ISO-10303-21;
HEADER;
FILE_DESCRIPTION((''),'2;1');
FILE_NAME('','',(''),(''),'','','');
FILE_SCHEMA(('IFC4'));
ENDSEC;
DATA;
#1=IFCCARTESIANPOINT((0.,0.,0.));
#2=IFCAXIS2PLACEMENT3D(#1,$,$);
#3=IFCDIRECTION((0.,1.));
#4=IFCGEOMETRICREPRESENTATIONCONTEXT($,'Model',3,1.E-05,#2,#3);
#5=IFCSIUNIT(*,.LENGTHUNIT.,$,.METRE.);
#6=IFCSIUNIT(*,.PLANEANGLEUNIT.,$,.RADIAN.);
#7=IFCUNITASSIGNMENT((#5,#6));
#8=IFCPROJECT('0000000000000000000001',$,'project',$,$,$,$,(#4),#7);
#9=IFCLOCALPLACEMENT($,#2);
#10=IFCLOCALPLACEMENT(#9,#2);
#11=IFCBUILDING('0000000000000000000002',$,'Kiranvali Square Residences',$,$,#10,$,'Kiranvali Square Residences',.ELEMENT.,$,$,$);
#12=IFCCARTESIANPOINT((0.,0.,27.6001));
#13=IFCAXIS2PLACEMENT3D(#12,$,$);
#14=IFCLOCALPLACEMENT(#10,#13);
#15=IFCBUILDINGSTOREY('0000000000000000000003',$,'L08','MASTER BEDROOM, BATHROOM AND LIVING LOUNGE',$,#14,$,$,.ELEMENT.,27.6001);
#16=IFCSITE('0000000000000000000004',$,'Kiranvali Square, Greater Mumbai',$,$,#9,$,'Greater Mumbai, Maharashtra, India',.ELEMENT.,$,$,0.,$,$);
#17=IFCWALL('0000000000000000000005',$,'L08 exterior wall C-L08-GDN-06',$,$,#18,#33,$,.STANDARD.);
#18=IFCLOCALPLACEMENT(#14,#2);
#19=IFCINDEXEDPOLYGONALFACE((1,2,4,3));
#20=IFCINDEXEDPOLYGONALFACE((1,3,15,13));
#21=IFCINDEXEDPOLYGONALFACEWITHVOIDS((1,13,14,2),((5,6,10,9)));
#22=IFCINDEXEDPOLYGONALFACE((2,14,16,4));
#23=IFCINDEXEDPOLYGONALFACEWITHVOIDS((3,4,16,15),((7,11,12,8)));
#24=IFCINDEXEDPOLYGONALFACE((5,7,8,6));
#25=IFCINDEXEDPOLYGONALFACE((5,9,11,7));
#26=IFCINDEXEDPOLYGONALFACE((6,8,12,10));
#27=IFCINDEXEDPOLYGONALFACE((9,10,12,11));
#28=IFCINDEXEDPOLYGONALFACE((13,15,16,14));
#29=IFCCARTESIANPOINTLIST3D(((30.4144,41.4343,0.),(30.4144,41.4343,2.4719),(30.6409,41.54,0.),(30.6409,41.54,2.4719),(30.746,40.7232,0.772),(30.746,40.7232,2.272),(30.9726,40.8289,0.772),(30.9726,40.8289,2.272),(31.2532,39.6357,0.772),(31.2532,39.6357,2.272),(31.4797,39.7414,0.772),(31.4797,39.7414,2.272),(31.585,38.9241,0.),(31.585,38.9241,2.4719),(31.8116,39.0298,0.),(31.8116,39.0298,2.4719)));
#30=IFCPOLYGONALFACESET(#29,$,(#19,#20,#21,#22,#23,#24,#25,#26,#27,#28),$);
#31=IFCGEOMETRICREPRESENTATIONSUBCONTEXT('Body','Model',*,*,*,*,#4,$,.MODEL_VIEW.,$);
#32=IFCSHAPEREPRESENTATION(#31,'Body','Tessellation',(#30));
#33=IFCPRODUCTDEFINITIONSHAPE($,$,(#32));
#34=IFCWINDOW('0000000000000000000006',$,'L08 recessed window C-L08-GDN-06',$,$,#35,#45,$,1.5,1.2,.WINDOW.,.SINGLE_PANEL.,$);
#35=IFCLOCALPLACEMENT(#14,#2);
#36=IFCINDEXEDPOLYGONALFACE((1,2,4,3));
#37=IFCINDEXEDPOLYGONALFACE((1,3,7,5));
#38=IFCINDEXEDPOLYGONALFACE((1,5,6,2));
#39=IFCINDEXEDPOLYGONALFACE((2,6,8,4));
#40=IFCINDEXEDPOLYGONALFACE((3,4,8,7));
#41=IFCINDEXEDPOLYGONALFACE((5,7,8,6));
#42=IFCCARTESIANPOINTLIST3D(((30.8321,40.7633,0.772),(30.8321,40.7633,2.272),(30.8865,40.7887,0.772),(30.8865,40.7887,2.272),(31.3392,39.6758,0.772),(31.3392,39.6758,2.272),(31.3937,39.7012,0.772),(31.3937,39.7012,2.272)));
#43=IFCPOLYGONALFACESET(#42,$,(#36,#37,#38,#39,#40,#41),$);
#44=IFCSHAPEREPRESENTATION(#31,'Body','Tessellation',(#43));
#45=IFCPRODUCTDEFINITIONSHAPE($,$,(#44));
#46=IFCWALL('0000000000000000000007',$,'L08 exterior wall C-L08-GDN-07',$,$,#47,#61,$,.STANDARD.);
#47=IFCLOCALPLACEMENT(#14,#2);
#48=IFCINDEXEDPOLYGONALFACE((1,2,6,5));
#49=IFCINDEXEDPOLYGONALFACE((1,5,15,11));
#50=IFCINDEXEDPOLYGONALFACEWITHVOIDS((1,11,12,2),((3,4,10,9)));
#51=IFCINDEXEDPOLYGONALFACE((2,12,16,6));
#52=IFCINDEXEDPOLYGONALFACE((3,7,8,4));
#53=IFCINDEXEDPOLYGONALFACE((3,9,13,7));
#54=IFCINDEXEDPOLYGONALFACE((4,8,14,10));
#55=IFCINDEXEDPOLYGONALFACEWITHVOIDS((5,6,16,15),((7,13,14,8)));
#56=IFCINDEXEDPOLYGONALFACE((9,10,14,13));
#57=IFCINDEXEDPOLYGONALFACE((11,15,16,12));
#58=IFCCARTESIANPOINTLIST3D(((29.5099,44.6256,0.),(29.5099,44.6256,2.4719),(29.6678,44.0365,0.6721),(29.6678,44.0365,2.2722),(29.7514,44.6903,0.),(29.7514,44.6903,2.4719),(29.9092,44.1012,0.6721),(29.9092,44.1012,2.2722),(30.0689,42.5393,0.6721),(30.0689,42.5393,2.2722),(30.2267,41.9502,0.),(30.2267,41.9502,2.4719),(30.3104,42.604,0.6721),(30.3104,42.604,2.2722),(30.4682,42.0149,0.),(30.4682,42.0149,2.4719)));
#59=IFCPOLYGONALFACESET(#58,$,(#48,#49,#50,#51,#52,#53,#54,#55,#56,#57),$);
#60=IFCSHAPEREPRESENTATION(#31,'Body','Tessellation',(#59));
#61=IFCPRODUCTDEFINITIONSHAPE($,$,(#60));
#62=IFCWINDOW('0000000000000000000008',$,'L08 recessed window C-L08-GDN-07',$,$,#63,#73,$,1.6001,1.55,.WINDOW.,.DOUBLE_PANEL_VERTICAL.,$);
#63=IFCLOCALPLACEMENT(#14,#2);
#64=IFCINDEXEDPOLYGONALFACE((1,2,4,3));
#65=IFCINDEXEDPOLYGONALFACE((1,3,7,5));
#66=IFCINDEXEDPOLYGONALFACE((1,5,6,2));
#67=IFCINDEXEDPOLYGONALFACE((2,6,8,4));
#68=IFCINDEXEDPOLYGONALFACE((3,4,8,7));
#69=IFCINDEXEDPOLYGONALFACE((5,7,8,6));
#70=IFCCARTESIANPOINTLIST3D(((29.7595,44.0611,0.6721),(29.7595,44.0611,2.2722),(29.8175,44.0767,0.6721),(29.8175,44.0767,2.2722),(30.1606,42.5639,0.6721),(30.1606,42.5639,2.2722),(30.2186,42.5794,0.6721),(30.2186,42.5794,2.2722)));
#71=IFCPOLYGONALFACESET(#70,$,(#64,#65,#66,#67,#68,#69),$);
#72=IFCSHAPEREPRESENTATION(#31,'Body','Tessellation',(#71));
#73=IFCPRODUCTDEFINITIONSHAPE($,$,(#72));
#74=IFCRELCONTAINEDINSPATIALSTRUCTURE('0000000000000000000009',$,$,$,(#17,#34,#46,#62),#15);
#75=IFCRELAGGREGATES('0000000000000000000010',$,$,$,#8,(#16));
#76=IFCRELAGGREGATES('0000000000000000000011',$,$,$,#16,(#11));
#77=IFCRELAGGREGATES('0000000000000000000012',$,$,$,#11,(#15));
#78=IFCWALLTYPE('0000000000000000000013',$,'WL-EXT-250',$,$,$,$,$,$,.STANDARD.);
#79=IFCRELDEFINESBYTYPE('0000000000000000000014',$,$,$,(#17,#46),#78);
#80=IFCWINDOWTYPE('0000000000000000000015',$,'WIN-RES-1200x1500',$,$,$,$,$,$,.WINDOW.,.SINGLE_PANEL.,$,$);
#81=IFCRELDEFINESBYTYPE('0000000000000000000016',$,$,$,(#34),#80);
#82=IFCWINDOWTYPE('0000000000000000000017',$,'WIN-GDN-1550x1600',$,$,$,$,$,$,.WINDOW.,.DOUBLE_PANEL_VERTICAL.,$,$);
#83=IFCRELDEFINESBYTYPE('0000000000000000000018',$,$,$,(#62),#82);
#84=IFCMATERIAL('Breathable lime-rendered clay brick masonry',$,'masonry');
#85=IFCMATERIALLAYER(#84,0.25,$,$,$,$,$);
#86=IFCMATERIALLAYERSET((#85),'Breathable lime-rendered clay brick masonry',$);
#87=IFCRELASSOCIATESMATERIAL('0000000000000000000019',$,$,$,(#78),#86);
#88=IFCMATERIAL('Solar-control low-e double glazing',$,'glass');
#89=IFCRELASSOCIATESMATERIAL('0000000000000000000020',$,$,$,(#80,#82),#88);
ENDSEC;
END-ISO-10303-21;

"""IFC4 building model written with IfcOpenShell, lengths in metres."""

from ifc_helpers import new_model, si_unit, direction, frame, frame_2d, origin, place, context, subcontext, project, spatial, rectangle, extrude, material, layer, layer_set, type_object, element, fill, save


model = new_model("IFC4")

# Units and contexts
model_context = context("Model", 3, precision=1e-05, world=origin(), true_north=direction((0.0, 1.0)))
body_context = subcontext(model_context, "Body", "Model", "MODEL_VIEW")
ifc_project = project(units=[si_unit("LENGTHUNIT", "METRE"), si_unit("PLANEANGLEUNIT", "RADIAN")], contexts=[model_context])

# Site, building, storey
site_placement = place(None, origin())
site = spatial("IfcSite", under=ifc_project, at=site_placement, Name="Kiranvali Square, Greater Mumbai", LongName="Greater Mumbai, Maharashtra, India", CompositionType="ELEMENT", RefElevation=0.0)
building_placement = place(site_placement, origin())
building = spatial("IfcBuilding", under=site, at=building_placement, Name="Kiranvali Square Residences", LongName="Kiranvali Square Residences", CompositionType="ELEMENT")
storey_placement = place(building_placement, frame((0.0, 0.0, 27.6001)))
storey = spatial("IfcBuildingStorey", under=building, at=storey_placement, Name="L08", Description="MASTER BEDROOM, BATHROOM AND LIVING LOUNGE", CompositionType="ELEMENT", Elevation=27.6001)

# Shared definitions
ifc_material_1 = material(Name="Breathable lime-rendered clay brick masonry", Category="masonry")
ifc_layer_1 = layer(ifc_material_1, 0.25)
ifc_layer_set_1 = layer_set([ifc_layer_1], Name="Breathable lime-rendered clay brick masonry")
wall_type_1 = type_object("IfcWallType", Name="WL-EXT-250", PredefinedType="STANDARD", material=ifc_layer_set_1)

# Walls, openings, windows
wall_1_placement = place(storey_placement, frame((31.6982, 38.9771, 0.0), z_axis=(0.0, 0.0, 1.0), x_axis=(-0.422649, 0.906293, 0.0)))
wall_1 = element("IfcWall", 1, at=wall_1_placement, inside=storey, type_object=wall_type_1, Name="L08 exterior wall C-L08-GDN-06", PredefinedType="STANDARD", context=body_context, shape_type="SweptSolid", body=[
    extrude(rectangle(XDim=2.7698, YDim=0.25, at=frame_2d((1.3848, 0.0))), origin(), (0.0, 0.0, 1.0), 2.4719),
])
opening_1_placement = place(wall_1_placement, frame((0.7849, 0.0, 0.772)))
opening_1 = element("IfcOpeningElement", 2, at=opening_1_placement, cuts=wall_1, PredefinedType="OPENING", context=body_context, shape_type="SweptSolid", body=[
    extrude(rectangle(XDim=1.2, YDim=1.5, at=frame_2d((0.6001, 0.75))), frame((0.0, 0.135, 0.0), z_axis=(0.0, -1.0, 0.0), x_axis=(1.0, 0.0, 0.0)), (0.0, 0.0, 1.0), 0.27),
])
ifc_material_2 = material(Name="Solar-control low-e double glazing", Category="glass")
window_type_1 = type_object("IfcWindowType", Name="WIN-RES-1200x1500", PartitioningType="SINGLE_PANEL", PredefinedType="WINDOW", material=ifc_material_2)
window_1_placement = place(opening_1_placement, origin())
window_1 = element("IfcWindow", 3, at=window_1_placement, inside=storey, type_object=window_type_1, Name="L08 recessed window C-L08-GDN-06", OverallHeight=1.5, OverallWidth=1.2, PartitioningType="SINGLE_PANEL", PredefinedType="WINDOW", context=body_context, shape_type="SweptSolid", body=[
    extrude(rectangle(XDim=1.2, YDim=1.5, at=frame_2d((0.6001, 0.75))), frame((0.0, 0.03, 0.0), z_axis=(0.0, -1.0, 0.0), x_axis=(1.0, 0.0, 0.0)), (0.0, 0.0, 1.0), 0.0601),
])
fill(opening_1, window_1)
wall_2_placement = place(storey_placement, frame((30.3474, 41.9827, 0.0), z_axis=(0.0, 0.0, 1.0), x_axis=(-0.258782, 0.965936, 0.0)))
wall_2 = element("IfcWall", 4, at=wall_2_placement, inside=storey, type_object=wall_type_1, Name="L08 exterior wall C-L08-GDN-07", PredefinedType="STANDARD", context=body_context, shape_type="SweptSolid", body=[
    extrude(rectangle(XDim=2.7698, YDim=0.25, at=frame_2d((1.3848, 0.0))), origin(), (0.0, 0.0, 1.0), 2.4719),
])
opening_2_placement = place(wall_2_placement, frame((0.6099, 0.0, 0.6721)))
opening_2 = element("IfcOpeningElement", 5, at=opening_2_placement, cuts=wall_2, PredefinedType="OPENING", context=body_context, shape_type="SweptSolid", body=[
    extrude(rectangle(XDim=1.55, YDim=1.6001, at=frame_2d((0.7749, 0.8))), frame((0.0, 0.135, 0.0), z_axis=(0.0, -1.0, 0.0), x_axis=(1.0, 0.0, 0.0)), (0.0, 0.0, 1.0), 0.27),
])
window_type_2 = type_object("IfcWindowType", Name="WIN-GDN-1550x1600", PartitioningType="DOUBLE_PANEL_VERTICAL", PredefinedType="WINDOW", material=ifc_material_2)
window_2_placement = place(opening_2_placement, origin())
window_2 = element("IfcWindow", 6, at=window_2_placement, inside=storey, type_object=window_type_2, Name="L08 recessed window C-L08-GDN-07", OverallHeight=1.6001, OverallWidth=1.55, PartitioningType="DOUBLE_PANEL_VERTICAL", PredefinedType="WINDOW", context=body_context, shape_type="SweptSolid", body=[
    extrude(rectangle(XDim=1.55, YDim=1.6001, at=frame_2d((0.7749, 0.8))), frame((0.0, 0.03, 0.0), z_axis=(0.0, -1.0, 0.0), x_axis=(1.0, 0.0, 0.0)), (0.0, 0.0, 1.0), 0.0601),
])
fill(opening_2, window_2)

save(model, "model.ifc")
